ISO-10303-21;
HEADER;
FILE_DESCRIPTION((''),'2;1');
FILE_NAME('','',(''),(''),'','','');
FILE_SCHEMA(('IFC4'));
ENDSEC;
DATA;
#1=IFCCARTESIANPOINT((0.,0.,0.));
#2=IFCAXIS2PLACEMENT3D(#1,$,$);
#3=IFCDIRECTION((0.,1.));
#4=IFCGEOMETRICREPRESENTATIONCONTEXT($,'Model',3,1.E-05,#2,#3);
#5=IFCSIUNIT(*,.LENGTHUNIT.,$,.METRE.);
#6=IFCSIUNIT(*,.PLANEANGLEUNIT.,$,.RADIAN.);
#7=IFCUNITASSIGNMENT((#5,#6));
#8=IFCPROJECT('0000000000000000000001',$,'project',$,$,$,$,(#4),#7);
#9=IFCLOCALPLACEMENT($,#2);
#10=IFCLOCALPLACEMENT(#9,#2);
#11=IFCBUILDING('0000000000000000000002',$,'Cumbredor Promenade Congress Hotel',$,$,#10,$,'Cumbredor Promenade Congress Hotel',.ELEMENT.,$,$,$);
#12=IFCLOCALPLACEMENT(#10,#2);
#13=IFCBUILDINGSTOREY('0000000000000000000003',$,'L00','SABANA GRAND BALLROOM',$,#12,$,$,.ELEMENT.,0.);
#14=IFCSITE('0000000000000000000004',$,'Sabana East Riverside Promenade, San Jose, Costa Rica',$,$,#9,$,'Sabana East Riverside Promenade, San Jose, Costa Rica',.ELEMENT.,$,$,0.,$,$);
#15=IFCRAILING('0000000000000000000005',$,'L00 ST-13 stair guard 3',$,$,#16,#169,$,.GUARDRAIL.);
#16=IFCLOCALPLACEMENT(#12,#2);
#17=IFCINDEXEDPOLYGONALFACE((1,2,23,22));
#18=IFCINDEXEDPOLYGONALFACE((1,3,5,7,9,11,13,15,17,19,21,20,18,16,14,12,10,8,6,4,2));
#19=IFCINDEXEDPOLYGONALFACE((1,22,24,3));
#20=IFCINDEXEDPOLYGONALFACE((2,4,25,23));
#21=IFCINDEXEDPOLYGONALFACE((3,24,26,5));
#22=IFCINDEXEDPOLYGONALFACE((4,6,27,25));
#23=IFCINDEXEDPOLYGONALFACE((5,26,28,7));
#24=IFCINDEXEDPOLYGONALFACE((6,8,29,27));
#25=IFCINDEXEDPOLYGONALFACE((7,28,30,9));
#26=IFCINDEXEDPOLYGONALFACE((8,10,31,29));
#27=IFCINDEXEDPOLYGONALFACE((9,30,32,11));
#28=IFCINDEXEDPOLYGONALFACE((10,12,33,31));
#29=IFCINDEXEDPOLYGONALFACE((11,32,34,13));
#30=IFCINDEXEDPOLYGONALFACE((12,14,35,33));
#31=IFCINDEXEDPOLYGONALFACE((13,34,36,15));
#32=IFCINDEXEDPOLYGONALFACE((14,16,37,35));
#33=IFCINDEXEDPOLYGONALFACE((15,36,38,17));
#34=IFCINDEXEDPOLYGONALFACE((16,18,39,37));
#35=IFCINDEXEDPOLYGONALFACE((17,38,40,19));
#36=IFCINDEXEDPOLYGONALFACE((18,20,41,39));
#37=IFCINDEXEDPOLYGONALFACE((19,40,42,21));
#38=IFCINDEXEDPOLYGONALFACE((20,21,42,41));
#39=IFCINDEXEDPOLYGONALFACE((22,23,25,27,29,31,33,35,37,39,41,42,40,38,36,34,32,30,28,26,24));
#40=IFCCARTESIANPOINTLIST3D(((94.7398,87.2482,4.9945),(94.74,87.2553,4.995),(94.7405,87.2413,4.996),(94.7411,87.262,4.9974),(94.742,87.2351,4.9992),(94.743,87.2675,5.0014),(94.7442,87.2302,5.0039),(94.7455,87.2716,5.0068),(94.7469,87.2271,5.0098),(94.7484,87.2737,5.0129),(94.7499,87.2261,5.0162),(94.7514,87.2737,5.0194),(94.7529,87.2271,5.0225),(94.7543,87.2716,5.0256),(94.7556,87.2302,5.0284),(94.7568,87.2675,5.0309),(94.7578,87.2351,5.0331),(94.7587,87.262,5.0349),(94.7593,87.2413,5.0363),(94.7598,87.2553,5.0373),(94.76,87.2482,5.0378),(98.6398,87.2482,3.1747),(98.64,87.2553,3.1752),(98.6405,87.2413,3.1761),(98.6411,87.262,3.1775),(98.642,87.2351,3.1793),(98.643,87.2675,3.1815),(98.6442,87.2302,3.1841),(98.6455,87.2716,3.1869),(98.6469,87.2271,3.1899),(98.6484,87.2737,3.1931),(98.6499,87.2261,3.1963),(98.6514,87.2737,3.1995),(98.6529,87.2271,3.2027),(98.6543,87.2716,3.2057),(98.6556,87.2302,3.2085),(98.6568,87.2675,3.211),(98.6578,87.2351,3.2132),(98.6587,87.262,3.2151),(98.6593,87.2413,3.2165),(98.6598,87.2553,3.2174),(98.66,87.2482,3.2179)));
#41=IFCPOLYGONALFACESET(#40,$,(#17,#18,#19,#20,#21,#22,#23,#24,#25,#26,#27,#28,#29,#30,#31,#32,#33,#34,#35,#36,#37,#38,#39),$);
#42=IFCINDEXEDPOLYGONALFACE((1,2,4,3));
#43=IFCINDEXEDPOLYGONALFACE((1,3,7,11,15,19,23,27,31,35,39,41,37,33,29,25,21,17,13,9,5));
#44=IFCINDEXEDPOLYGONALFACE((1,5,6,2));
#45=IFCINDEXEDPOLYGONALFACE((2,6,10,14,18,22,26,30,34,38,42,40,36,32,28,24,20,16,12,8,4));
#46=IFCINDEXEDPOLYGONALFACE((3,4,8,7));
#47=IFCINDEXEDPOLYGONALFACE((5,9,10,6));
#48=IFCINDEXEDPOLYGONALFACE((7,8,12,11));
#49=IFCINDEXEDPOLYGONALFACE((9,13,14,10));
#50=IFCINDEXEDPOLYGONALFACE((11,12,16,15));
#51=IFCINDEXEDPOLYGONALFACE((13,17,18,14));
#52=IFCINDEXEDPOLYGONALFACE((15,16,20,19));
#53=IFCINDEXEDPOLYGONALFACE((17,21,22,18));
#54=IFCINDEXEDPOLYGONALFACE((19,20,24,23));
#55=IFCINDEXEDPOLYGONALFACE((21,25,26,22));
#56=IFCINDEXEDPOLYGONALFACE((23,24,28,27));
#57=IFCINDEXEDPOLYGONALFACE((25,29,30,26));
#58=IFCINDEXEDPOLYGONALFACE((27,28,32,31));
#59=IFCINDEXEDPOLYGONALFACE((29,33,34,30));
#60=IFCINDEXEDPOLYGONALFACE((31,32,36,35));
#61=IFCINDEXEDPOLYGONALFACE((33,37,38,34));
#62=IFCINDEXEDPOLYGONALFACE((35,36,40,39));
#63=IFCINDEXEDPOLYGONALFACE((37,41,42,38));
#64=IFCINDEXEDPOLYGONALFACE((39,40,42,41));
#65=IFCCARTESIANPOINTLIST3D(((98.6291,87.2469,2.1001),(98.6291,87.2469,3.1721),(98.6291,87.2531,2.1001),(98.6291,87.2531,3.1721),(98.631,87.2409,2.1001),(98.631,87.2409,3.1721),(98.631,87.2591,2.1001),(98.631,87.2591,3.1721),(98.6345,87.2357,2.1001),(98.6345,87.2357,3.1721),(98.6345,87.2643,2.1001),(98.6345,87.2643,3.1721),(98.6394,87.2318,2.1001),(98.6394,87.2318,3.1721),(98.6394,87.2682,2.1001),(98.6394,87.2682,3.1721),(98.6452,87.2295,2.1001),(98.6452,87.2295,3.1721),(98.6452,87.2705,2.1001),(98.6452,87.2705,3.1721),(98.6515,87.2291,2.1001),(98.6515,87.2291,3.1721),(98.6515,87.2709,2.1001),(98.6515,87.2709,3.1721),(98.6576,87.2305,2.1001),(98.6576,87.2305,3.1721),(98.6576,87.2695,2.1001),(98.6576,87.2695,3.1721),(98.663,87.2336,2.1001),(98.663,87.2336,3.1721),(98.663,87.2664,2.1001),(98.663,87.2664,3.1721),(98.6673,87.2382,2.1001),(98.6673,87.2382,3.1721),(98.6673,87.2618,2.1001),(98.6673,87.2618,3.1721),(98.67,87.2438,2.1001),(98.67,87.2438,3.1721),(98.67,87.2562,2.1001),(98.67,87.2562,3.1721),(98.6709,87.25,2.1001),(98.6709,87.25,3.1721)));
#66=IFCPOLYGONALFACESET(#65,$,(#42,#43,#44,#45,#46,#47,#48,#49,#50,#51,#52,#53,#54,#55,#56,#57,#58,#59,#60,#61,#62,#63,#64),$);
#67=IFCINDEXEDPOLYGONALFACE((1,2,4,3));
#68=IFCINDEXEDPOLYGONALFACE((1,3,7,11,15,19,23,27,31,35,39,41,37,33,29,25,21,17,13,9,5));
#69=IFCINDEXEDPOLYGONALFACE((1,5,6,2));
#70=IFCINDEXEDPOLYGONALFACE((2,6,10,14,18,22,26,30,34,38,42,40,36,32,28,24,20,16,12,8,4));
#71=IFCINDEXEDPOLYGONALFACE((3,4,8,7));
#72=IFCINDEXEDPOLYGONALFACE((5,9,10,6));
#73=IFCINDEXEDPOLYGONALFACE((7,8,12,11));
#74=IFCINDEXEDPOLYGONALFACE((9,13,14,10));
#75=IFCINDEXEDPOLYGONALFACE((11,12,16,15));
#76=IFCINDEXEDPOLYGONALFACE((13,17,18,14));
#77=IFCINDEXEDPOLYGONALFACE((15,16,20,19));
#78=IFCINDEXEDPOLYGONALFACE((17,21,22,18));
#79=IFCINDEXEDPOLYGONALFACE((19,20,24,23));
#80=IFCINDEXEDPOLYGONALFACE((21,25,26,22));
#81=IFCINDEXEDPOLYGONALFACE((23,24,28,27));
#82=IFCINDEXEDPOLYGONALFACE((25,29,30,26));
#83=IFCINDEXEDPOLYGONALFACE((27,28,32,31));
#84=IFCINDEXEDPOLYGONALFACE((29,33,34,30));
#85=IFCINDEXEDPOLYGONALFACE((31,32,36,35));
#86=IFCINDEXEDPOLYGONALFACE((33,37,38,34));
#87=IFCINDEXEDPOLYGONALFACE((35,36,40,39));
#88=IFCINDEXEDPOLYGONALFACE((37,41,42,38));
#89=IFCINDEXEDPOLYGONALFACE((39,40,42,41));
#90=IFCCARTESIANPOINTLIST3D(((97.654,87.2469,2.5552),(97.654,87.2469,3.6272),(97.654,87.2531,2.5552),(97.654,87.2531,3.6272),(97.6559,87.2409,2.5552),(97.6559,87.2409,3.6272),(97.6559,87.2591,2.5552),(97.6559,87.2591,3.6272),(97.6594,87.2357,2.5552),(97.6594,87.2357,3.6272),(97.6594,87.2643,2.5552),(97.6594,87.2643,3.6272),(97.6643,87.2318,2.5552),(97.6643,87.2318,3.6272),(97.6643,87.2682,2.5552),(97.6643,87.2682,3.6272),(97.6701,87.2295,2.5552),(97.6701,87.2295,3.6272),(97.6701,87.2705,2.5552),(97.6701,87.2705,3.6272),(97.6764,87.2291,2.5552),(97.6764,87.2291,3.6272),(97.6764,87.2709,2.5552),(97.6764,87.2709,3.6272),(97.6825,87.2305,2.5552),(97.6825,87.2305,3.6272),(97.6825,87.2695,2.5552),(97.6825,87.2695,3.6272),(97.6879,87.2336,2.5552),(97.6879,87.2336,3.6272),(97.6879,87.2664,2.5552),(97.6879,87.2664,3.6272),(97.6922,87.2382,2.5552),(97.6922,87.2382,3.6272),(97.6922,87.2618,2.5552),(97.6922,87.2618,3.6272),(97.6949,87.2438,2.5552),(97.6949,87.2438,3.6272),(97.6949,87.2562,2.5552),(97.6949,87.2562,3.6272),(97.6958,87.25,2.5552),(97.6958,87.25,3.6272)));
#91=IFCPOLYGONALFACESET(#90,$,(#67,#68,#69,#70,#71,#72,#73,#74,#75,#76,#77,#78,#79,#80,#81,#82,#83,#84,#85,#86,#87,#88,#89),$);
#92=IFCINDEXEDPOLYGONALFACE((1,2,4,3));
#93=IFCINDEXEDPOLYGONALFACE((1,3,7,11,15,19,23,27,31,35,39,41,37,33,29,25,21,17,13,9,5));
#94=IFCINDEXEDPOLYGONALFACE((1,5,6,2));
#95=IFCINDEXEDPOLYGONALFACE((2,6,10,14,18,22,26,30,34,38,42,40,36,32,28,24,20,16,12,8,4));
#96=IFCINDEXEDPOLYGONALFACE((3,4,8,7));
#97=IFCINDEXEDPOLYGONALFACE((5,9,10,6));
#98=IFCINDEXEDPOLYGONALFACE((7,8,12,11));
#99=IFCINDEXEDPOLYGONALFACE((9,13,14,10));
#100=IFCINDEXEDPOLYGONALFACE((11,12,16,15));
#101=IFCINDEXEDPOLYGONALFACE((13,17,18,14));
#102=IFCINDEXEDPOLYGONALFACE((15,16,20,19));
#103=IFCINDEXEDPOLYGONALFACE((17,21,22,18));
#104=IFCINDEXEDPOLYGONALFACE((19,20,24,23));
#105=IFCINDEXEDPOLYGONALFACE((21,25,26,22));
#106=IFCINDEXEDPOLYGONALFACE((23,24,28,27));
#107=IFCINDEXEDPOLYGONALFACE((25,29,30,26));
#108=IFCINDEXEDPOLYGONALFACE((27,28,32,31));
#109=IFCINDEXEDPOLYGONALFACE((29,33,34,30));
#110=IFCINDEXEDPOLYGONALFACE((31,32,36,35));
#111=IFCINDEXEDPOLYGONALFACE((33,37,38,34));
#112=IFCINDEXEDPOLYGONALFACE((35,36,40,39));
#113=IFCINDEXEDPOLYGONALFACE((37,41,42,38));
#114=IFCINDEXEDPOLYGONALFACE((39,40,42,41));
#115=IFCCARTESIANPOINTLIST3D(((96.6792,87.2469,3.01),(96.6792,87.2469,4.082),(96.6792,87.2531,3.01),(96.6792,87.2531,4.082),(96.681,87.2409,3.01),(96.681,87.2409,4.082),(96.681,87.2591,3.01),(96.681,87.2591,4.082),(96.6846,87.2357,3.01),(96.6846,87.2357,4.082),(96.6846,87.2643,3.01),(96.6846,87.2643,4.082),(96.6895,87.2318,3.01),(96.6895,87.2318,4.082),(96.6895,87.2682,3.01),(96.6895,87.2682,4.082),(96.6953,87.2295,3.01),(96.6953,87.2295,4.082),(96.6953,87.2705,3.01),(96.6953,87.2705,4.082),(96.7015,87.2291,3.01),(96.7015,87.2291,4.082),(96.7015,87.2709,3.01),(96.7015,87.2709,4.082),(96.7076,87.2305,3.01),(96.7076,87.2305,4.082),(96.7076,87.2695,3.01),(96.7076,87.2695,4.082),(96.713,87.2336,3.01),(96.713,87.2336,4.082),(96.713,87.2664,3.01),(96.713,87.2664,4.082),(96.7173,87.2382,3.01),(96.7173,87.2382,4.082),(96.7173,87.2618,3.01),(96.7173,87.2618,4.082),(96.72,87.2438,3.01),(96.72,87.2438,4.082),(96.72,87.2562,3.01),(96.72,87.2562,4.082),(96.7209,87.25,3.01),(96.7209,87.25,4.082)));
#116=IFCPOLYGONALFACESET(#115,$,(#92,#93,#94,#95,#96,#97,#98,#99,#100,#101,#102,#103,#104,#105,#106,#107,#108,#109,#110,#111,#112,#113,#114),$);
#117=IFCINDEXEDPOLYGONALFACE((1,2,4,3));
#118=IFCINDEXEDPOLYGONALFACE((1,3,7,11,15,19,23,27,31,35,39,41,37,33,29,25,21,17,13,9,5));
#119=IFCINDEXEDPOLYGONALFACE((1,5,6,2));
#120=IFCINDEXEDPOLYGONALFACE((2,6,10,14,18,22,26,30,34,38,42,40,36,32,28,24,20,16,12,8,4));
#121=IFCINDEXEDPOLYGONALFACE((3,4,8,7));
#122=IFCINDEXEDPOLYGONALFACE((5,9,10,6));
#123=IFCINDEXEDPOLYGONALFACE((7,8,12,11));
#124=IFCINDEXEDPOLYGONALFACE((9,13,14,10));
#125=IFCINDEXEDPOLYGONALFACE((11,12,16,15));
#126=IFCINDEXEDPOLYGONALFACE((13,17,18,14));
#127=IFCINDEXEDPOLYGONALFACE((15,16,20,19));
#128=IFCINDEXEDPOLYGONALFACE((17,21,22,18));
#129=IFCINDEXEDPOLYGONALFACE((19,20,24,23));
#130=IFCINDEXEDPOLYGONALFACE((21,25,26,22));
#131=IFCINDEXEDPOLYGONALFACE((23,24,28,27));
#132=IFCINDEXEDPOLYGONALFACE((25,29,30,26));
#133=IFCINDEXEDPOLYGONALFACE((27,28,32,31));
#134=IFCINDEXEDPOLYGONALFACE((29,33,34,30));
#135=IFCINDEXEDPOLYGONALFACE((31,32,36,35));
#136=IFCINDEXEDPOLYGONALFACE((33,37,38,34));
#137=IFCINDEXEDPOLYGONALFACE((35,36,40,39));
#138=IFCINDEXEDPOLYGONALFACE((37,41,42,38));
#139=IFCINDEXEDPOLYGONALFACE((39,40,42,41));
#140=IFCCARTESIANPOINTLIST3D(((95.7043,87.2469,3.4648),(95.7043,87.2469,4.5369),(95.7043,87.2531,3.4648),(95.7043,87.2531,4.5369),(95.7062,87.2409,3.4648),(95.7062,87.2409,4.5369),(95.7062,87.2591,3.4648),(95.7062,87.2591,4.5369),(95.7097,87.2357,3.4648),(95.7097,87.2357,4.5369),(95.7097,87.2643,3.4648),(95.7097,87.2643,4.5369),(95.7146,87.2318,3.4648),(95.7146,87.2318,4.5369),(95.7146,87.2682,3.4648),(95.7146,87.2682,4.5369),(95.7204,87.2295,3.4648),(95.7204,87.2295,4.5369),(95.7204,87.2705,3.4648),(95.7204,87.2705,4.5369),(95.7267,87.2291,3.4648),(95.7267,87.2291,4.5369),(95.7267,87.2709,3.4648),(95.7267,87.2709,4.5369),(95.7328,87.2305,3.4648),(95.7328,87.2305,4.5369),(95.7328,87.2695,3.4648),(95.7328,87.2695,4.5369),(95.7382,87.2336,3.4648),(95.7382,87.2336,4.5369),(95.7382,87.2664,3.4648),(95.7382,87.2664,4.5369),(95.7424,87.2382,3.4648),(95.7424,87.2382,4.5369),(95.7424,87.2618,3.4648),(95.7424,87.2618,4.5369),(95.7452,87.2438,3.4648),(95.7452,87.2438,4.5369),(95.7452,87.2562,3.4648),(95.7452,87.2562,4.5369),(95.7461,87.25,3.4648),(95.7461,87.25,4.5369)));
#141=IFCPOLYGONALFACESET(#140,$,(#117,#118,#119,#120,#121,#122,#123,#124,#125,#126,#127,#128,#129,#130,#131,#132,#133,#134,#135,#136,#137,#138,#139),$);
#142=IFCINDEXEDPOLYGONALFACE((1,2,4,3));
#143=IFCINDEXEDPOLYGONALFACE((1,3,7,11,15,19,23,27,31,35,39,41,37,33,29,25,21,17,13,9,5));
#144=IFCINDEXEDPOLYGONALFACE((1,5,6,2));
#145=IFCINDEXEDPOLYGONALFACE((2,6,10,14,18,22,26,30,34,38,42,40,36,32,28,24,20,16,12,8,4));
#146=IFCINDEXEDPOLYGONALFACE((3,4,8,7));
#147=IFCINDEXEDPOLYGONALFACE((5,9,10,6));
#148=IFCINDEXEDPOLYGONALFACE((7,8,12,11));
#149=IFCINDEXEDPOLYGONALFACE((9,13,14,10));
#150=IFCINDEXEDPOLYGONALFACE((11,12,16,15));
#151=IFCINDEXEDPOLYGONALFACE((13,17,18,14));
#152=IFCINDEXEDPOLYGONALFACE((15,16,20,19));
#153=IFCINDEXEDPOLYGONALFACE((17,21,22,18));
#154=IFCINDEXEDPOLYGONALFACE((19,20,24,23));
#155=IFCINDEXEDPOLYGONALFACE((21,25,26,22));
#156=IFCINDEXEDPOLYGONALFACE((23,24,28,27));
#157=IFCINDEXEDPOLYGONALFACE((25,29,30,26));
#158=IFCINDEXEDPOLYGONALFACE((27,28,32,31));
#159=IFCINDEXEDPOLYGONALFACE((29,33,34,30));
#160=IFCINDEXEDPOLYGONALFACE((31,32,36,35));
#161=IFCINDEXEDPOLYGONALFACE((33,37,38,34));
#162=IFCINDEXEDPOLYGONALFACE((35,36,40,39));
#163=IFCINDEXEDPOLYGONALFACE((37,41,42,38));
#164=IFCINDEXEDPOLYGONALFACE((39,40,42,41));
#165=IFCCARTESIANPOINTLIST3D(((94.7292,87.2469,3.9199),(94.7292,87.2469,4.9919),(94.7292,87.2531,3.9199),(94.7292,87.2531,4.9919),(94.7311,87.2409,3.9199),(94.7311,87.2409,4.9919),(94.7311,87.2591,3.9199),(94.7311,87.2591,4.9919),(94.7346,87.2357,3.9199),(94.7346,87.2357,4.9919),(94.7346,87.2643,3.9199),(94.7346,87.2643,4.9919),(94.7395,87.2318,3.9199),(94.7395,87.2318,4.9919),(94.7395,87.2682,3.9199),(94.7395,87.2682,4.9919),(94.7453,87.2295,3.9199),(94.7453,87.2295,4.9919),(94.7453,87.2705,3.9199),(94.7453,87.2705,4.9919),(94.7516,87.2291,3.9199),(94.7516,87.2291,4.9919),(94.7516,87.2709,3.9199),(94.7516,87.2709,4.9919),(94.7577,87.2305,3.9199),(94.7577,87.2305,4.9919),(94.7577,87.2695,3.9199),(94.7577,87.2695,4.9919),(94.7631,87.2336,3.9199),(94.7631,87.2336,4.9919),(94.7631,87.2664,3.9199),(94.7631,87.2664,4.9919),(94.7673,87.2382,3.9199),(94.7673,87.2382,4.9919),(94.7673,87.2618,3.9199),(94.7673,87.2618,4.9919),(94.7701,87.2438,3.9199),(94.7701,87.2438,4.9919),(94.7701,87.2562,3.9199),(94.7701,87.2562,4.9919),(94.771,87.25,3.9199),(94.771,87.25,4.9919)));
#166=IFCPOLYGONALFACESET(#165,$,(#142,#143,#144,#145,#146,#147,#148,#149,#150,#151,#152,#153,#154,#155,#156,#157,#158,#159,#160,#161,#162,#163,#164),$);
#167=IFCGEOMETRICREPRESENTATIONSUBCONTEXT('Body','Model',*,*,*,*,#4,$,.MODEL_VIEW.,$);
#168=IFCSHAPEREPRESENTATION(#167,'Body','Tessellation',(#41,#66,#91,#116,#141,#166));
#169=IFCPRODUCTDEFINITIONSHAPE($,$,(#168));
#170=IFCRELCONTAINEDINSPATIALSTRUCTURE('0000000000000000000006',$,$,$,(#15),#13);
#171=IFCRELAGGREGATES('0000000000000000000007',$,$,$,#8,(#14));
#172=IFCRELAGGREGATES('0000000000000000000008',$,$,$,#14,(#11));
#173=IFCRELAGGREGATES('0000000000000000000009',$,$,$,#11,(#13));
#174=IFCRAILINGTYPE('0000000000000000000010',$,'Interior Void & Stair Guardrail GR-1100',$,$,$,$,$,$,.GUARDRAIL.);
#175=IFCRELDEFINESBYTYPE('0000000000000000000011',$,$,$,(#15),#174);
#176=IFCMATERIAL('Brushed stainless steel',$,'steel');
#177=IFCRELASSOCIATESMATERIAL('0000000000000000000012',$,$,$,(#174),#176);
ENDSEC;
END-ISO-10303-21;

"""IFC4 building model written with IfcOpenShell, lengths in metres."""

from ifc_helpers import new_model, si_unit, direction, frame, origin, origin_2d, place, context, subcontext, project, spatial, circle, extrude, material, type_object, element, save


model = new_model("IFC4")

# Units and contexts
model_context = context("Model", 3, precision=1e-05, world=origin(), true_north=direction((0.0, 1.0)))
body_context = subcontext(model_context, "Body", "Model", "MODEL_VIEW")
ifc_project = project(units=[si_unit("LENGTHUNIT", "METRE"), si_unit("PLANEANGLEUNIT", "RADIAN")], contexts=[model_context])

# Site, building, storey
site_placement = place(None, origin())
site = spatial("IfcSite", under=ifc_project, at=site_placement, Name="Sabana East Riverside Promenade, San Jose, Costa Rica", LongName="Sabana East Riverside Promenade, San Jose, Costa Rica", CompositionType="ELEMENT", RefElevation=0.0)
building_placement = place(site_placement, origin())
building = spatial("IfcBuilding", under=site, at=building_placement, Name="Cumbredor Promenade Congress Hotel", LongName="Cumbredor Promenade Congress Hotel", CompositionType="ELEMENT")
storey_placement = place(building_placement, origin())
storey = spatial("IfcBuildingStorey", under=building, at=storey_placement, Name="L00", Description="SABANA GRAND BALLROOM", CompositionType="ELEMENT", Elevation=0.0)

# Shared definitions
ifc_material_1 = material(Name="Brushed stainless steel", Category="steel")

# Railing
railing_type_1 = type_object("IfcRailingType", Name="Interior Void & Stair Guardrail GR-1100", PredefinedType="GUARDRAIL", material=ifc_material_1)
railing_1_placement = place(storey_placement, frame((98.6499, 87.25, 2.1001)))
element("IfcRailing", 1, at=railing_1_placement, inside=storey, type_object=railing_type_1, Name="L00 ST-13 stair guard 3", PredefinedType="GUARDRAIL", context=body_context, shape_type="SweptSolid", body=[
    extrude(circle(Radius=0.0239, at=origin_2d()), frame((0.0, 0.0, 1.0962), z_axis=(-0.906195, 0.0, 0.422861), x_axis=(0.0, -1.0, 0.0)), (0.0, 0.0, 1.0), 4.3037),
    extrude(circle(Radius=0.021, at=origin_2d()), origin(), (0.0, 0.0, 1.0), 1.072),
    extrude(circle(Radius=0.021, at=origin_2d()), frame((-0.9751, 0.0, 0.4551)), (0.0, 0.0, 1.0), 1.072),
    extrude(circle(Radius=0.021, at=origin_2d()), frame((-1.95, 0.0, 0.9099)), (0.0, 0.0, 1.0), 1.072),
    extrude(circle(Radius=0.021, at=origin_2d()), frame((-2.9248, 0.0, 1.3647)), (0.0, 0.0, 1.0), 1.072),
    extrude(circle(Radius=0.021, at=origin_2d()), frame((-3.8999, 0.0, 1.8198)), (0.0, 0.0, 1.0), 1.072),
])

save(model, "model.ifc")
